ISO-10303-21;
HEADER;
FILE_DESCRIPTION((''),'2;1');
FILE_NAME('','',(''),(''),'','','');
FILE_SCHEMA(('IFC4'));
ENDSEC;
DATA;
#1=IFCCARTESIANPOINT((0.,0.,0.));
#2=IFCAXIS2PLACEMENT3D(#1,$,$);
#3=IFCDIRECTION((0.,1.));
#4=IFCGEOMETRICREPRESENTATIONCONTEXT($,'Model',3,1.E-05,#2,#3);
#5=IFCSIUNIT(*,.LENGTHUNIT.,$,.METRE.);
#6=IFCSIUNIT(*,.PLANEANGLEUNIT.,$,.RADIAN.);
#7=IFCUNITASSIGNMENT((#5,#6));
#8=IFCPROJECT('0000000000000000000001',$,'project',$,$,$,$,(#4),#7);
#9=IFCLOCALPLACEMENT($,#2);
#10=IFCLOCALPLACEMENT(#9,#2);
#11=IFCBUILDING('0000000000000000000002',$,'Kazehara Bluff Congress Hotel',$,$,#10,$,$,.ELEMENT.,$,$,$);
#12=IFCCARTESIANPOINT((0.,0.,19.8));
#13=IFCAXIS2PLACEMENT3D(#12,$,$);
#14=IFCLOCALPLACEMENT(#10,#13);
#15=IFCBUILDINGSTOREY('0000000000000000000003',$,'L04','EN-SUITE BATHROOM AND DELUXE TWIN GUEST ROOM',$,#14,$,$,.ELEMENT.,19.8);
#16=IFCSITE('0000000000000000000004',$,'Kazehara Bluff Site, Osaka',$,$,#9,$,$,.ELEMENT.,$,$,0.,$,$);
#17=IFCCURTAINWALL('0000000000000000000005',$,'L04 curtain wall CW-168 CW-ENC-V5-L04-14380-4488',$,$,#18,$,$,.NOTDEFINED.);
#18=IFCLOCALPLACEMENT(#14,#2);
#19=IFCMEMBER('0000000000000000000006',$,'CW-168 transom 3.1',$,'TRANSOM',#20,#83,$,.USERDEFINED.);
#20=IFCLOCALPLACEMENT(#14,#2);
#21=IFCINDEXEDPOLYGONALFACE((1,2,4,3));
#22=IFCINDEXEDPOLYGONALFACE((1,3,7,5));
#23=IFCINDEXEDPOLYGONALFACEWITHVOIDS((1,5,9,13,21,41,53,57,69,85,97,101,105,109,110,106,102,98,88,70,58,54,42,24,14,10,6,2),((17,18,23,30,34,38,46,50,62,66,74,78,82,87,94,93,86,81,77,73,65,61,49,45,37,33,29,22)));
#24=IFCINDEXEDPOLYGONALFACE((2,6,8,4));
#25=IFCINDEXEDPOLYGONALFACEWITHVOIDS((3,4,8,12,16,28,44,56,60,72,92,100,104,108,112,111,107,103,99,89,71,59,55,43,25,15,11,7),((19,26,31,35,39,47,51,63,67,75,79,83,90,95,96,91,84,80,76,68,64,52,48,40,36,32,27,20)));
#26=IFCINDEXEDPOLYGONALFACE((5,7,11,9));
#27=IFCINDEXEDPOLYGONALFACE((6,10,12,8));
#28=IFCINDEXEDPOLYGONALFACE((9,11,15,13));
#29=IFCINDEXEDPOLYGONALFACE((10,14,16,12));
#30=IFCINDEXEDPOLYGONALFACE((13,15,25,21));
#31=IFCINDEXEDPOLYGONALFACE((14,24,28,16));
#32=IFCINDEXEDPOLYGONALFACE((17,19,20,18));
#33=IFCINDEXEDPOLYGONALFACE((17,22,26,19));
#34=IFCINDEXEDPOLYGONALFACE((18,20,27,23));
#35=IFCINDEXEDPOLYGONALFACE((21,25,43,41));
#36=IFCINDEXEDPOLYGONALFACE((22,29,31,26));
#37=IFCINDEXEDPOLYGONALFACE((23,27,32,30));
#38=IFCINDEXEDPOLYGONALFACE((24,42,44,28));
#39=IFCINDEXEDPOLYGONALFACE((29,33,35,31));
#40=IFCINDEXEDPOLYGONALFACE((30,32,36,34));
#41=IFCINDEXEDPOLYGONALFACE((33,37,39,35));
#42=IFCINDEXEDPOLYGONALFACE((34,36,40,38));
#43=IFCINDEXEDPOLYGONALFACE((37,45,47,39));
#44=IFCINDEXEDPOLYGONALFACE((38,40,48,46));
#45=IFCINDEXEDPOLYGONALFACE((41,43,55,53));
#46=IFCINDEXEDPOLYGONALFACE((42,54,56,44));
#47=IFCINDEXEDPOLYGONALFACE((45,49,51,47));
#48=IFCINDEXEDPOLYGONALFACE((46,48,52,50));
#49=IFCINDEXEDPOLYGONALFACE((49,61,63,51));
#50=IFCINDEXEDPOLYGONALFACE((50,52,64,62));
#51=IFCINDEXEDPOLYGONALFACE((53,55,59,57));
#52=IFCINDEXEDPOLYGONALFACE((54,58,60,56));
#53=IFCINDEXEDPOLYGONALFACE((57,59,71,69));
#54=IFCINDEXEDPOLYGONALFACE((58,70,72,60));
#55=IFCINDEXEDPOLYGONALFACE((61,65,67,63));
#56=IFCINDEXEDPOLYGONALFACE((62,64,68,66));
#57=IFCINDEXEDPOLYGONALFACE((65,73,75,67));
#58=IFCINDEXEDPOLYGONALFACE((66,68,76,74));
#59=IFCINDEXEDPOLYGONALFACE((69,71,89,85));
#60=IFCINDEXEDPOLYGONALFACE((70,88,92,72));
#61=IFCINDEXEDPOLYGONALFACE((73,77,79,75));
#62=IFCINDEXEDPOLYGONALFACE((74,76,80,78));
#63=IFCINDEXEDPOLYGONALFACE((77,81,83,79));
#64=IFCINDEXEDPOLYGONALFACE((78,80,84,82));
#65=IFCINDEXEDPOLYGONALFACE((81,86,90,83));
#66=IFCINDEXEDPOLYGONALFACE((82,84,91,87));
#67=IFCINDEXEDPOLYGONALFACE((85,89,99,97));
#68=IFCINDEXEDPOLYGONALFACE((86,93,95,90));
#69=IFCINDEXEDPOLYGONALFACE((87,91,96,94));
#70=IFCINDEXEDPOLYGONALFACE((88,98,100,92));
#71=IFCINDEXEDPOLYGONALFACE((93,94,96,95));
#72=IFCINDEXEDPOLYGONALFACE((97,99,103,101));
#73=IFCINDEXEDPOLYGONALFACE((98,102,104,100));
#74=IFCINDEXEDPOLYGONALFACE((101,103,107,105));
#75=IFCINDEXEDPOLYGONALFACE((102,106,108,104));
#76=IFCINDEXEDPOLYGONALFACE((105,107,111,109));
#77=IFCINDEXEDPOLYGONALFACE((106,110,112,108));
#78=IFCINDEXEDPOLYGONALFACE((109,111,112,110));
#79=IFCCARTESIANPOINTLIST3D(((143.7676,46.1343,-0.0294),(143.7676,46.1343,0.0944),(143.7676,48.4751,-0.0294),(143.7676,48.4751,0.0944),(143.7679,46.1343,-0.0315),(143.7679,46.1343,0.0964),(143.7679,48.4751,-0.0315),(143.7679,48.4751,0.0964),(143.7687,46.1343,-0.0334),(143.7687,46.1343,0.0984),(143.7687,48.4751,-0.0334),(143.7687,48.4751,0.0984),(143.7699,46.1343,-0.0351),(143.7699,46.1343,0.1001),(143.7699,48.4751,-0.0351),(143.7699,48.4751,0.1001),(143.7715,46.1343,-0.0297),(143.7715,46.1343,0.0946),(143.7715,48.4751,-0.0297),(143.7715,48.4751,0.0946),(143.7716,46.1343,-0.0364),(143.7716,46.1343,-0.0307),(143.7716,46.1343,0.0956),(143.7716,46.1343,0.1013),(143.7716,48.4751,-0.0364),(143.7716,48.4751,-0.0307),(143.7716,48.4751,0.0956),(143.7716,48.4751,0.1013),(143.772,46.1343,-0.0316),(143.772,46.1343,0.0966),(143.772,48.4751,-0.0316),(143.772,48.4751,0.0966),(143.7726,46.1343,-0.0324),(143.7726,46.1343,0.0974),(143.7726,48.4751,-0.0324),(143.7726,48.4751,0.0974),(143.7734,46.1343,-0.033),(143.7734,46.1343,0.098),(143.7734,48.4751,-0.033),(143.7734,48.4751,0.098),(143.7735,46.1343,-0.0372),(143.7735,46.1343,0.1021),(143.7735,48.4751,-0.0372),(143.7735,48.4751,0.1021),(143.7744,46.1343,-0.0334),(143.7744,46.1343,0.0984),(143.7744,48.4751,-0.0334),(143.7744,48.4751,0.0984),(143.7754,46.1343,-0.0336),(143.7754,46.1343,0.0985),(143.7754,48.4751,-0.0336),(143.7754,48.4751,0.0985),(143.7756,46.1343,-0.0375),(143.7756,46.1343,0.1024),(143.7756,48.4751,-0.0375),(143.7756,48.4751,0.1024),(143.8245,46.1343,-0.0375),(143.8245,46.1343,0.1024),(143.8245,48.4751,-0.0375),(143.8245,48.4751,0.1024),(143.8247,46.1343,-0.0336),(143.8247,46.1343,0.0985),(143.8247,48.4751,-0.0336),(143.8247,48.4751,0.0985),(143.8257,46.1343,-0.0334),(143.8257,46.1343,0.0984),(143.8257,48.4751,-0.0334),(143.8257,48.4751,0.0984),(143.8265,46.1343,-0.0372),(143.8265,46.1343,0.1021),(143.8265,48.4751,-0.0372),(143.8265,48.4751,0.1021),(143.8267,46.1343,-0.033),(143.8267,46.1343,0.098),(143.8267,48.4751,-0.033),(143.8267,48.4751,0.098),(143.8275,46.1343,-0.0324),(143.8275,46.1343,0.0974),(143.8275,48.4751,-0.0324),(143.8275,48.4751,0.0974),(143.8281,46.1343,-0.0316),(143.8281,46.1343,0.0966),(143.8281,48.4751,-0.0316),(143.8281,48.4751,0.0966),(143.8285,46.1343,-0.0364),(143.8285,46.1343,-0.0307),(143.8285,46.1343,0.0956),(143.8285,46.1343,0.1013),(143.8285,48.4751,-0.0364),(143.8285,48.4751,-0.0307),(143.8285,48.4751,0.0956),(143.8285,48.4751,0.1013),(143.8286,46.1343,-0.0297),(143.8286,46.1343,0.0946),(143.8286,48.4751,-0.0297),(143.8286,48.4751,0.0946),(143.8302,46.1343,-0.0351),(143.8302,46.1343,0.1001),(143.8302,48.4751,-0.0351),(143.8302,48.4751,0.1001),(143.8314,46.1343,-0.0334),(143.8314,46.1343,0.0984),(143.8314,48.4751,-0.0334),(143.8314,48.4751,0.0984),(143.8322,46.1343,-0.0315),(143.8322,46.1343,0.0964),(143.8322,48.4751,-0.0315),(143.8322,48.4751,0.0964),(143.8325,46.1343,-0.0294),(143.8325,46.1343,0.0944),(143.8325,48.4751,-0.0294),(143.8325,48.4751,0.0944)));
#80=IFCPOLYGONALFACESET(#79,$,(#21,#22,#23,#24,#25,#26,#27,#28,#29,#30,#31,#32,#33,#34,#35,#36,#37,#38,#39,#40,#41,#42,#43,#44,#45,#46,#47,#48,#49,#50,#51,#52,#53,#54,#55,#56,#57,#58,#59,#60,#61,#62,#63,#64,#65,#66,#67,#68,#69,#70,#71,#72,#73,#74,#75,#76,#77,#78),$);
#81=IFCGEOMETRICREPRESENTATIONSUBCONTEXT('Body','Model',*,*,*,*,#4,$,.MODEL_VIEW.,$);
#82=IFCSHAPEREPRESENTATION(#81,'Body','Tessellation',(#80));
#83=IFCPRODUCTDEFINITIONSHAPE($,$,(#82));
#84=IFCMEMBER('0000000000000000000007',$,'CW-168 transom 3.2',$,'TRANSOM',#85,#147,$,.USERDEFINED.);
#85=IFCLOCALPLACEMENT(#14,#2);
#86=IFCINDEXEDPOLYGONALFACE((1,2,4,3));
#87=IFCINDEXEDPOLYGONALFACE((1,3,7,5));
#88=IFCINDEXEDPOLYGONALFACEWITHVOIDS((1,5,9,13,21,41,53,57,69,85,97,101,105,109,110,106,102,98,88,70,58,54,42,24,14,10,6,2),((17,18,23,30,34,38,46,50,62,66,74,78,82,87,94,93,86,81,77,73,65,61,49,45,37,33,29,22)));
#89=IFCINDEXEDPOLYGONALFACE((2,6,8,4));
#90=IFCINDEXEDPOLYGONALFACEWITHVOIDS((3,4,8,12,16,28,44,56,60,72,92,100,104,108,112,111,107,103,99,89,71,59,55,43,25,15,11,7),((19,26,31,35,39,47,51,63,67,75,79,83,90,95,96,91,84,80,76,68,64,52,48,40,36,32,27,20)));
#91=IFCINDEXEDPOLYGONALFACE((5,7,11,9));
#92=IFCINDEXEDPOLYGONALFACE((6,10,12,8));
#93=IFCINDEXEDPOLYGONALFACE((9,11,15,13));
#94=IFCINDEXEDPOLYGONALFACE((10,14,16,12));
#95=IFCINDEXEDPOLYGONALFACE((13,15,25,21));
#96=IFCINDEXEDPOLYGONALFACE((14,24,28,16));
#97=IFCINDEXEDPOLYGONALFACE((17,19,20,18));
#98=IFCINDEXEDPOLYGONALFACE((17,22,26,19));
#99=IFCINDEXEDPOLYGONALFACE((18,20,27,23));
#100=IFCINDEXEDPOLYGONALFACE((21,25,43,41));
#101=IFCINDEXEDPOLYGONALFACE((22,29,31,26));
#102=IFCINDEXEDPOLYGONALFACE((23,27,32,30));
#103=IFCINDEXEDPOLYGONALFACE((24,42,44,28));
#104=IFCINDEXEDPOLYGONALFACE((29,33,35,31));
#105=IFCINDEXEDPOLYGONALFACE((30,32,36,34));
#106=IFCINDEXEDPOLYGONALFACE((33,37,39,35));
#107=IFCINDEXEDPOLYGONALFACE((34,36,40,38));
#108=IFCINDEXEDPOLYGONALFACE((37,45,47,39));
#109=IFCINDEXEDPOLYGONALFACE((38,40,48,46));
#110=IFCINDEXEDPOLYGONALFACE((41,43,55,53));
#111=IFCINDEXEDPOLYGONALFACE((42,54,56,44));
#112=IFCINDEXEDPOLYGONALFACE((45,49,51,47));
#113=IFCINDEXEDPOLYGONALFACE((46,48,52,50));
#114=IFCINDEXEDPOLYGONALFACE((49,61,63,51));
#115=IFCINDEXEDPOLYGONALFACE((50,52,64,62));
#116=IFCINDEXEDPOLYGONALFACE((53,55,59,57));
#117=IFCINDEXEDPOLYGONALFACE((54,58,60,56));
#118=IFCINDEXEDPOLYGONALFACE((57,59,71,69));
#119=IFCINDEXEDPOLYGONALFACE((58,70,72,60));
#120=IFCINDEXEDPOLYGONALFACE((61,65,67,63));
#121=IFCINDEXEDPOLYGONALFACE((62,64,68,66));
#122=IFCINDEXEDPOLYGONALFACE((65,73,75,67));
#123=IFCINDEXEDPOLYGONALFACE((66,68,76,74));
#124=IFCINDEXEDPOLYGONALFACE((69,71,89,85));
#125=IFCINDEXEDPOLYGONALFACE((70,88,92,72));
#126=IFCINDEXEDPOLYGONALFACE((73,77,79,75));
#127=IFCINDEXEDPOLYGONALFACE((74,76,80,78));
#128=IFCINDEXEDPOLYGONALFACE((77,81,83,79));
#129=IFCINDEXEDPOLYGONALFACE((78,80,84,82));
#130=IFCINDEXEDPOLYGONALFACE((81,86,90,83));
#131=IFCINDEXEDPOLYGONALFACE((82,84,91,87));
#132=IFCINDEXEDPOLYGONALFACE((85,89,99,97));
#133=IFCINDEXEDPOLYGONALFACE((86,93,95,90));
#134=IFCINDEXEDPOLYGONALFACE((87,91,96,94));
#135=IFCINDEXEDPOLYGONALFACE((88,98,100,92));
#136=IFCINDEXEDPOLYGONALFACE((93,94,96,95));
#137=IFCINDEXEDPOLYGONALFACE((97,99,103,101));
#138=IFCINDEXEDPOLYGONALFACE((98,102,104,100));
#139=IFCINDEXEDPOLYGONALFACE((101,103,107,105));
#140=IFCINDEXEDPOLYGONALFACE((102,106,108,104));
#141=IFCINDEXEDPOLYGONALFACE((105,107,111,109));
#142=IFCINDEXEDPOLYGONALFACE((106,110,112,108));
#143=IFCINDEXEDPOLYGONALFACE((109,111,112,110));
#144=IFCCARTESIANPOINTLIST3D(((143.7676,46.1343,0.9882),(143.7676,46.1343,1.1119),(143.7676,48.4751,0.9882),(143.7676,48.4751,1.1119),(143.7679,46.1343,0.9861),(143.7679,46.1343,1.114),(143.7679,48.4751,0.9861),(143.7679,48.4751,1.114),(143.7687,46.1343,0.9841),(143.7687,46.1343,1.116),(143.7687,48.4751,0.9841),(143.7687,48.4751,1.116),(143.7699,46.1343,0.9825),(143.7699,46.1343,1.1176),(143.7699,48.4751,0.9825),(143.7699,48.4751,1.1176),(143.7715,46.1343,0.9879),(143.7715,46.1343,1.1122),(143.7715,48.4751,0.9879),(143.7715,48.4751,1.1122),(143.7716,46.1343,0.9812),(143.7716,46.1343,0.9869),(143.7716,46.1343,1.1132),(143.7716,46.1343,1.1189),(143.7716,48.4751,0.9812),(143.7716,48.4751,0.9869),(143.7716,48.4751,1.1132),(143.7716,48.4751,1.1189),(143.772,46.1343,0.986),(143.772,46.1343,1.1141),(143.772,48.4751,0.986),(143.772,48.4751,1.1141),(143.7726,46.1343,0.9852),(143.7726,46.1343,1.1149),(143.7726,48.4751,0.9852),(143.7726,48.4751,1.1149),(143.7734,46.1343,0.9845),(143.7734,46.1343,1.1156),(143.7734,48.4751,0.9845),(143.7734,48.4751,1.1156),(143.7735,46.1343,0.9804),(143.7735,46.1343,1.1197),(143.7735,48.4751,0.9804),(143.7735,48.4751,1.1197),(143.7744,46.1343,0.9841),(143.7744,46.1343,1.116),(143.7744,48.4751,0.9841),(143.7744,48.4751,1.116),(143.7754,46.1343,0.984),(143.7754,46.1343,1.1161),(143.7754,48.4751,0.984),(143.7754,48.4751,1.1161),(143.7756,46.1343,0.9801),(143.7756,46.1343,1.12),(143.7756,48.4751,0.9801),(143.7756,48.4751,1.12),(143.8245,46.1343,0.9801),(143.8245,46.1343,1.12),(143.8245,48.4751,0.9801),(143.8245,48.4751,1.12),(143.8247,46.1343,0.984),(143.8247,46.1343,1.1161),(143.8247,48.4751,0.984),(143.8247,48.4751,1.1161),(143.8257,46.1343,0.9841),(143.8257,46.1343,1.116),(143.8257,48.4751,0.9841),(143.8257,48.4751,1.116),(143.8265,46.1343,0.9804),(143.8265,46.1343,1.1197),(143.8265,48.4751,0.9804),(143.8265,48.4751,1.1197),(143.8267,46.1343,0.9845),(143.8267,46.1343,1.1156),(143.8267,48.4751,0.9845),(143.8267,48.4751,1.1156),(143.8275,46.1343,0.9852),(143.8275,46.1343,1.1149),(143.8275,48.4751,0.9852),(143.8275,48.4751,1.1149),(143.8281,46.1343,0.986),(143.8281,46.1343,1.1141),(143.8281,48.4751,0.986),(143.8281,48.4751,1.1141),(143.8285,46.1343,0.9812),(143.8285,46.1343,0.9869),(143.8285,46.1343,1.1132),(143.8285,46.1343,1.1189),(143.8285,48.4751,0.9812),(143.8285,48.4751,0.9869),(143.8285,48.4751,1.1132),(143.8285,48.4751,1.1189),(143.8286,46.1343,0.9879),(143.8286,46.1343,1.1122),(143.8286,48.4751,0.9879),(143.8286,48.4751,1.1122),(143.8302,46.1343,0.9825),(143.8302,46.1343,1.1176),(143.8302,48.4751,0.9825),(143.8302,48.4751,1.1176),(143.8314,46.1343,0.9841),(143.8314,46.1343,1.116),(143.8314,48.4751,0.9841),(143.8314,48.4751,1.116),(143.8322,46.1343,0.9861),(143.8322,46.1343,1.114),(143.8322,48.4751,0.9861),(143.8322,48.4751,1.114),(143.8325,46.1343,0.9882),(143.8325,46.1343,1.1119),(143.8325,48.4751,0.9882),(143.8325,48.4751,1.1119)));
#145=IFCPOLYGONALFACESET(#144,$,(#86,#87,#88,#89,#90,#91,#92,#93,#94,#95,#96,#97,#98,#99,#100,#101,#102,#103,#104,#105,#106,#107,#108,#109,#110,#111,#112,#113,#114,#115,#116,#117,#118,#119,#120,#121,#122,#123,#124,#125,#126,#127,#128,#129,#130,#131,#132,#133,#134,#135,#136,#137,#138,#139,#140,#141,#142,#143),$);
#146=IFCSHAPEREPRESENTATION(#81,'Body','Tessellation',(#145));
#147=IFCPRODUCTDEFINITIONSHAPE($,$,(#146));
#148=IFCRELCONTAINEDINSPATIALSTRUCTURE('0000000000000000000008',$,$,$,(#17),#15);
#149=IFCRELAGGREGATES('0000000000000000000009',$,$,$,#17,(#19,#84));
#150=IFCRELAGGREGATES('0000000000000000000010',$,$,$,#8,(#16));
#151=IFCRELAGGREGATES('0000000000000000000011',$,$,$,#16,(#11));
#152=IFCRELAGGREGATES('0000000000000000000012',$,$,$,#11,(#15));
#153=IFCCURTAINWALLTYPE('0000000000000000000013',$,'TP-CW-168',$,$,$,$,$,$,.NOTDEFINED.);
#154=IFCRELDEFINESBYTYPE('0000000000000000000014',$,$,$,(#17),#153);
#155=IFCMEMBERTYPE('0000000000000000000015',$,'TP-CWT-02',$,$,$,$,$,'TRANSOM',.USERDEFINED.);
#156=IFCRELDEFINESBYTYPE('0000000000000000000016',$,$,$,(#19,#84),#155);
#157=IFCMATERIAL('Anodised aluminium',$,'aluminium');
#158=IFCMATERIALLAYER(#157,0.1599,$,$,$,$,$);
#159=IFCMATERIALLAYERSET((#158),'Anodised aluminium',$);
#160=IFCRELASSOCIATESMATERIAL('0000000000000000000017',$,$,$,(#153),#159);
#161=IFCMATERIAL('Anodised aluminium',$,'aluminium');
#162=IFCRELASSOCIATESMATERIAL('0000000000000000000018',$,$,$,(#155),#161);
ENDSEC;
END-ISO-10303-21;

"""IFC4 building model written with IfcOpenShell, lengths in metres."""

from ifc_helpers import new_model, si_unit, direction, frame, origin, origin_2d, place, context, subcontext, project, spatial, hollow_rectangle, extrude, material, layer, layer_set, material_profile, profile_set, type_object, element, aggregate, save


model = new_model("IFC4")

# Units and contexts
model_context = context("Model", 3, precision=1e-05, world=origin(), true_north=direction((0.0, 1.0)))
body_context = subcontext(model_context, "Body", "Model", "MODEL_VIEW")
ifc_project = project(units=[si_unit("LENGTHUNIT", "METRE"), si_unit("PLANEANGLEUNIT", "RADIAN")], contexts=[model_context])

# Site, building, storey
site_placement = place(None, origin())
site = spatial("IfcSite", under=ifc_project, at=site_placement, Name="Kazehara Bluff Site, Osaka", CompositionType="ELEMENT", RefElevation=0.0)
building_placement = place(site_placement, origin())
building = spatial("IfcBuilding", under=site, at=building_placement, Name="Kazehara Bluff Congress Hotel", CompositionType="ELEMENT")
storey_placement = place(building_placement, frame((0.0, 0.0, 19.8)))
storey = spatial("IfcBuildingStorey", under=building, at=storey_placement, Name="L04", Description="EN-SUITE BATHROOM AND DELUXE TWIN GUEST ROOM", CompositionType="ELEMENT", Elevation=19.8)

# Curtain wall
ifc_material_1 = material(Name="Anodised aluminium", Category="aluminium")
ifc_layer_1 = layer(ifc_material_1, 0.1599)
ifc_layer_set_1 = layer_set([ifc_layer_1], Name="Anodised aluminium")
curtain_wall_type_1 = type_object("IfcCurtainWallType", Name="TP-CW-168", PredefinedType="NOTDEFINED", material=ifc_layer_set_1)
curtain_wall_1_placement = place(storey_placement, origin())
curtain_wall_1 = element("IfcCurtainWall", 1, at=curtain_wall_1_placement, inside=storey, type_object=curtain_wall_type_1, Name="L04 curtain wall CW-168 CW-ENC-V5-L04-14380-4488", PredefinedType="NOTDEFINED")

# Members
ifc_material_2 = material(Name="Anodised aluminium", Category="aluminium")
ifc_material_profile_1 = material_profile(ifc_material_2, hollow_rectangle(XDim=0.0649, YDim=0.1399, WallThickness=0.0039, InnerFilletRadius=0.0039, OuterFilletRadius=0.0081, at=origin_2d()))
ifc_profile_set_1 = profile_set([ifc_material_profile_1], Name="Anodised aluminium")
member_type_1 = type_object("IfcMemberType", Name="TP-CWT-02", ElementType="TRANSOM", PredefinedType="USERDEFINED", material=ifc_profile_set_1)
member_1_placement = place(storey_placement, frame((143.8, 46.1343, 0.0325), z_axis=(0.0, 1.0, 0.0), x_axis=(-1.0, 0.0, 0.0)))
member_1 = element("IfcMember", 2, at=member_1_placement, type_object=member_type_1, Name="CW-168 transom 3.1", ObjectType="TRANSOM", PredefinedType="USERDEFINED", context=body_context, shape_type="SweptSolid", body=[
    extrude(hollow_rectangle(XDim=0.0649, YDim=0.1399, WallThickness=0.0039, InnerFilletRadius=0.0039, OuterFilletRadius=0.0081, at=origin_2d()), origin(), (0.0, 0.0, 1.0), 2.3408),
])
member_2_placement = place(storey_placement, frame((143.8, 46.1343, 1.05), z_axis=(0.0, 1.0, 0.0), x_axis=(-1.0, 0.0, 0.0)))
member_2 = element("IfcMember", 3, at=member_2_placement, type_object=member_type_1, Name="CW-168 transom 3.2", ObjectType="TRANSOM", PredefinedType="USERDEFINED", context=body_context, shape_type="SweptSolid", body=[
    extrude(hollow_rectangle(XDim=0.0649, YDim=0.1399, WallThickness=0.0039, InnerFilletRadius=0.0039, OuterFilletRadius=0.0081, at=origin_2d()), origin(), (0.0, 0.0, 1.0), 2.3408),
])

aggregate(curtain_wall_1, [member_1, member_2])

save(model, "model.ifc")
